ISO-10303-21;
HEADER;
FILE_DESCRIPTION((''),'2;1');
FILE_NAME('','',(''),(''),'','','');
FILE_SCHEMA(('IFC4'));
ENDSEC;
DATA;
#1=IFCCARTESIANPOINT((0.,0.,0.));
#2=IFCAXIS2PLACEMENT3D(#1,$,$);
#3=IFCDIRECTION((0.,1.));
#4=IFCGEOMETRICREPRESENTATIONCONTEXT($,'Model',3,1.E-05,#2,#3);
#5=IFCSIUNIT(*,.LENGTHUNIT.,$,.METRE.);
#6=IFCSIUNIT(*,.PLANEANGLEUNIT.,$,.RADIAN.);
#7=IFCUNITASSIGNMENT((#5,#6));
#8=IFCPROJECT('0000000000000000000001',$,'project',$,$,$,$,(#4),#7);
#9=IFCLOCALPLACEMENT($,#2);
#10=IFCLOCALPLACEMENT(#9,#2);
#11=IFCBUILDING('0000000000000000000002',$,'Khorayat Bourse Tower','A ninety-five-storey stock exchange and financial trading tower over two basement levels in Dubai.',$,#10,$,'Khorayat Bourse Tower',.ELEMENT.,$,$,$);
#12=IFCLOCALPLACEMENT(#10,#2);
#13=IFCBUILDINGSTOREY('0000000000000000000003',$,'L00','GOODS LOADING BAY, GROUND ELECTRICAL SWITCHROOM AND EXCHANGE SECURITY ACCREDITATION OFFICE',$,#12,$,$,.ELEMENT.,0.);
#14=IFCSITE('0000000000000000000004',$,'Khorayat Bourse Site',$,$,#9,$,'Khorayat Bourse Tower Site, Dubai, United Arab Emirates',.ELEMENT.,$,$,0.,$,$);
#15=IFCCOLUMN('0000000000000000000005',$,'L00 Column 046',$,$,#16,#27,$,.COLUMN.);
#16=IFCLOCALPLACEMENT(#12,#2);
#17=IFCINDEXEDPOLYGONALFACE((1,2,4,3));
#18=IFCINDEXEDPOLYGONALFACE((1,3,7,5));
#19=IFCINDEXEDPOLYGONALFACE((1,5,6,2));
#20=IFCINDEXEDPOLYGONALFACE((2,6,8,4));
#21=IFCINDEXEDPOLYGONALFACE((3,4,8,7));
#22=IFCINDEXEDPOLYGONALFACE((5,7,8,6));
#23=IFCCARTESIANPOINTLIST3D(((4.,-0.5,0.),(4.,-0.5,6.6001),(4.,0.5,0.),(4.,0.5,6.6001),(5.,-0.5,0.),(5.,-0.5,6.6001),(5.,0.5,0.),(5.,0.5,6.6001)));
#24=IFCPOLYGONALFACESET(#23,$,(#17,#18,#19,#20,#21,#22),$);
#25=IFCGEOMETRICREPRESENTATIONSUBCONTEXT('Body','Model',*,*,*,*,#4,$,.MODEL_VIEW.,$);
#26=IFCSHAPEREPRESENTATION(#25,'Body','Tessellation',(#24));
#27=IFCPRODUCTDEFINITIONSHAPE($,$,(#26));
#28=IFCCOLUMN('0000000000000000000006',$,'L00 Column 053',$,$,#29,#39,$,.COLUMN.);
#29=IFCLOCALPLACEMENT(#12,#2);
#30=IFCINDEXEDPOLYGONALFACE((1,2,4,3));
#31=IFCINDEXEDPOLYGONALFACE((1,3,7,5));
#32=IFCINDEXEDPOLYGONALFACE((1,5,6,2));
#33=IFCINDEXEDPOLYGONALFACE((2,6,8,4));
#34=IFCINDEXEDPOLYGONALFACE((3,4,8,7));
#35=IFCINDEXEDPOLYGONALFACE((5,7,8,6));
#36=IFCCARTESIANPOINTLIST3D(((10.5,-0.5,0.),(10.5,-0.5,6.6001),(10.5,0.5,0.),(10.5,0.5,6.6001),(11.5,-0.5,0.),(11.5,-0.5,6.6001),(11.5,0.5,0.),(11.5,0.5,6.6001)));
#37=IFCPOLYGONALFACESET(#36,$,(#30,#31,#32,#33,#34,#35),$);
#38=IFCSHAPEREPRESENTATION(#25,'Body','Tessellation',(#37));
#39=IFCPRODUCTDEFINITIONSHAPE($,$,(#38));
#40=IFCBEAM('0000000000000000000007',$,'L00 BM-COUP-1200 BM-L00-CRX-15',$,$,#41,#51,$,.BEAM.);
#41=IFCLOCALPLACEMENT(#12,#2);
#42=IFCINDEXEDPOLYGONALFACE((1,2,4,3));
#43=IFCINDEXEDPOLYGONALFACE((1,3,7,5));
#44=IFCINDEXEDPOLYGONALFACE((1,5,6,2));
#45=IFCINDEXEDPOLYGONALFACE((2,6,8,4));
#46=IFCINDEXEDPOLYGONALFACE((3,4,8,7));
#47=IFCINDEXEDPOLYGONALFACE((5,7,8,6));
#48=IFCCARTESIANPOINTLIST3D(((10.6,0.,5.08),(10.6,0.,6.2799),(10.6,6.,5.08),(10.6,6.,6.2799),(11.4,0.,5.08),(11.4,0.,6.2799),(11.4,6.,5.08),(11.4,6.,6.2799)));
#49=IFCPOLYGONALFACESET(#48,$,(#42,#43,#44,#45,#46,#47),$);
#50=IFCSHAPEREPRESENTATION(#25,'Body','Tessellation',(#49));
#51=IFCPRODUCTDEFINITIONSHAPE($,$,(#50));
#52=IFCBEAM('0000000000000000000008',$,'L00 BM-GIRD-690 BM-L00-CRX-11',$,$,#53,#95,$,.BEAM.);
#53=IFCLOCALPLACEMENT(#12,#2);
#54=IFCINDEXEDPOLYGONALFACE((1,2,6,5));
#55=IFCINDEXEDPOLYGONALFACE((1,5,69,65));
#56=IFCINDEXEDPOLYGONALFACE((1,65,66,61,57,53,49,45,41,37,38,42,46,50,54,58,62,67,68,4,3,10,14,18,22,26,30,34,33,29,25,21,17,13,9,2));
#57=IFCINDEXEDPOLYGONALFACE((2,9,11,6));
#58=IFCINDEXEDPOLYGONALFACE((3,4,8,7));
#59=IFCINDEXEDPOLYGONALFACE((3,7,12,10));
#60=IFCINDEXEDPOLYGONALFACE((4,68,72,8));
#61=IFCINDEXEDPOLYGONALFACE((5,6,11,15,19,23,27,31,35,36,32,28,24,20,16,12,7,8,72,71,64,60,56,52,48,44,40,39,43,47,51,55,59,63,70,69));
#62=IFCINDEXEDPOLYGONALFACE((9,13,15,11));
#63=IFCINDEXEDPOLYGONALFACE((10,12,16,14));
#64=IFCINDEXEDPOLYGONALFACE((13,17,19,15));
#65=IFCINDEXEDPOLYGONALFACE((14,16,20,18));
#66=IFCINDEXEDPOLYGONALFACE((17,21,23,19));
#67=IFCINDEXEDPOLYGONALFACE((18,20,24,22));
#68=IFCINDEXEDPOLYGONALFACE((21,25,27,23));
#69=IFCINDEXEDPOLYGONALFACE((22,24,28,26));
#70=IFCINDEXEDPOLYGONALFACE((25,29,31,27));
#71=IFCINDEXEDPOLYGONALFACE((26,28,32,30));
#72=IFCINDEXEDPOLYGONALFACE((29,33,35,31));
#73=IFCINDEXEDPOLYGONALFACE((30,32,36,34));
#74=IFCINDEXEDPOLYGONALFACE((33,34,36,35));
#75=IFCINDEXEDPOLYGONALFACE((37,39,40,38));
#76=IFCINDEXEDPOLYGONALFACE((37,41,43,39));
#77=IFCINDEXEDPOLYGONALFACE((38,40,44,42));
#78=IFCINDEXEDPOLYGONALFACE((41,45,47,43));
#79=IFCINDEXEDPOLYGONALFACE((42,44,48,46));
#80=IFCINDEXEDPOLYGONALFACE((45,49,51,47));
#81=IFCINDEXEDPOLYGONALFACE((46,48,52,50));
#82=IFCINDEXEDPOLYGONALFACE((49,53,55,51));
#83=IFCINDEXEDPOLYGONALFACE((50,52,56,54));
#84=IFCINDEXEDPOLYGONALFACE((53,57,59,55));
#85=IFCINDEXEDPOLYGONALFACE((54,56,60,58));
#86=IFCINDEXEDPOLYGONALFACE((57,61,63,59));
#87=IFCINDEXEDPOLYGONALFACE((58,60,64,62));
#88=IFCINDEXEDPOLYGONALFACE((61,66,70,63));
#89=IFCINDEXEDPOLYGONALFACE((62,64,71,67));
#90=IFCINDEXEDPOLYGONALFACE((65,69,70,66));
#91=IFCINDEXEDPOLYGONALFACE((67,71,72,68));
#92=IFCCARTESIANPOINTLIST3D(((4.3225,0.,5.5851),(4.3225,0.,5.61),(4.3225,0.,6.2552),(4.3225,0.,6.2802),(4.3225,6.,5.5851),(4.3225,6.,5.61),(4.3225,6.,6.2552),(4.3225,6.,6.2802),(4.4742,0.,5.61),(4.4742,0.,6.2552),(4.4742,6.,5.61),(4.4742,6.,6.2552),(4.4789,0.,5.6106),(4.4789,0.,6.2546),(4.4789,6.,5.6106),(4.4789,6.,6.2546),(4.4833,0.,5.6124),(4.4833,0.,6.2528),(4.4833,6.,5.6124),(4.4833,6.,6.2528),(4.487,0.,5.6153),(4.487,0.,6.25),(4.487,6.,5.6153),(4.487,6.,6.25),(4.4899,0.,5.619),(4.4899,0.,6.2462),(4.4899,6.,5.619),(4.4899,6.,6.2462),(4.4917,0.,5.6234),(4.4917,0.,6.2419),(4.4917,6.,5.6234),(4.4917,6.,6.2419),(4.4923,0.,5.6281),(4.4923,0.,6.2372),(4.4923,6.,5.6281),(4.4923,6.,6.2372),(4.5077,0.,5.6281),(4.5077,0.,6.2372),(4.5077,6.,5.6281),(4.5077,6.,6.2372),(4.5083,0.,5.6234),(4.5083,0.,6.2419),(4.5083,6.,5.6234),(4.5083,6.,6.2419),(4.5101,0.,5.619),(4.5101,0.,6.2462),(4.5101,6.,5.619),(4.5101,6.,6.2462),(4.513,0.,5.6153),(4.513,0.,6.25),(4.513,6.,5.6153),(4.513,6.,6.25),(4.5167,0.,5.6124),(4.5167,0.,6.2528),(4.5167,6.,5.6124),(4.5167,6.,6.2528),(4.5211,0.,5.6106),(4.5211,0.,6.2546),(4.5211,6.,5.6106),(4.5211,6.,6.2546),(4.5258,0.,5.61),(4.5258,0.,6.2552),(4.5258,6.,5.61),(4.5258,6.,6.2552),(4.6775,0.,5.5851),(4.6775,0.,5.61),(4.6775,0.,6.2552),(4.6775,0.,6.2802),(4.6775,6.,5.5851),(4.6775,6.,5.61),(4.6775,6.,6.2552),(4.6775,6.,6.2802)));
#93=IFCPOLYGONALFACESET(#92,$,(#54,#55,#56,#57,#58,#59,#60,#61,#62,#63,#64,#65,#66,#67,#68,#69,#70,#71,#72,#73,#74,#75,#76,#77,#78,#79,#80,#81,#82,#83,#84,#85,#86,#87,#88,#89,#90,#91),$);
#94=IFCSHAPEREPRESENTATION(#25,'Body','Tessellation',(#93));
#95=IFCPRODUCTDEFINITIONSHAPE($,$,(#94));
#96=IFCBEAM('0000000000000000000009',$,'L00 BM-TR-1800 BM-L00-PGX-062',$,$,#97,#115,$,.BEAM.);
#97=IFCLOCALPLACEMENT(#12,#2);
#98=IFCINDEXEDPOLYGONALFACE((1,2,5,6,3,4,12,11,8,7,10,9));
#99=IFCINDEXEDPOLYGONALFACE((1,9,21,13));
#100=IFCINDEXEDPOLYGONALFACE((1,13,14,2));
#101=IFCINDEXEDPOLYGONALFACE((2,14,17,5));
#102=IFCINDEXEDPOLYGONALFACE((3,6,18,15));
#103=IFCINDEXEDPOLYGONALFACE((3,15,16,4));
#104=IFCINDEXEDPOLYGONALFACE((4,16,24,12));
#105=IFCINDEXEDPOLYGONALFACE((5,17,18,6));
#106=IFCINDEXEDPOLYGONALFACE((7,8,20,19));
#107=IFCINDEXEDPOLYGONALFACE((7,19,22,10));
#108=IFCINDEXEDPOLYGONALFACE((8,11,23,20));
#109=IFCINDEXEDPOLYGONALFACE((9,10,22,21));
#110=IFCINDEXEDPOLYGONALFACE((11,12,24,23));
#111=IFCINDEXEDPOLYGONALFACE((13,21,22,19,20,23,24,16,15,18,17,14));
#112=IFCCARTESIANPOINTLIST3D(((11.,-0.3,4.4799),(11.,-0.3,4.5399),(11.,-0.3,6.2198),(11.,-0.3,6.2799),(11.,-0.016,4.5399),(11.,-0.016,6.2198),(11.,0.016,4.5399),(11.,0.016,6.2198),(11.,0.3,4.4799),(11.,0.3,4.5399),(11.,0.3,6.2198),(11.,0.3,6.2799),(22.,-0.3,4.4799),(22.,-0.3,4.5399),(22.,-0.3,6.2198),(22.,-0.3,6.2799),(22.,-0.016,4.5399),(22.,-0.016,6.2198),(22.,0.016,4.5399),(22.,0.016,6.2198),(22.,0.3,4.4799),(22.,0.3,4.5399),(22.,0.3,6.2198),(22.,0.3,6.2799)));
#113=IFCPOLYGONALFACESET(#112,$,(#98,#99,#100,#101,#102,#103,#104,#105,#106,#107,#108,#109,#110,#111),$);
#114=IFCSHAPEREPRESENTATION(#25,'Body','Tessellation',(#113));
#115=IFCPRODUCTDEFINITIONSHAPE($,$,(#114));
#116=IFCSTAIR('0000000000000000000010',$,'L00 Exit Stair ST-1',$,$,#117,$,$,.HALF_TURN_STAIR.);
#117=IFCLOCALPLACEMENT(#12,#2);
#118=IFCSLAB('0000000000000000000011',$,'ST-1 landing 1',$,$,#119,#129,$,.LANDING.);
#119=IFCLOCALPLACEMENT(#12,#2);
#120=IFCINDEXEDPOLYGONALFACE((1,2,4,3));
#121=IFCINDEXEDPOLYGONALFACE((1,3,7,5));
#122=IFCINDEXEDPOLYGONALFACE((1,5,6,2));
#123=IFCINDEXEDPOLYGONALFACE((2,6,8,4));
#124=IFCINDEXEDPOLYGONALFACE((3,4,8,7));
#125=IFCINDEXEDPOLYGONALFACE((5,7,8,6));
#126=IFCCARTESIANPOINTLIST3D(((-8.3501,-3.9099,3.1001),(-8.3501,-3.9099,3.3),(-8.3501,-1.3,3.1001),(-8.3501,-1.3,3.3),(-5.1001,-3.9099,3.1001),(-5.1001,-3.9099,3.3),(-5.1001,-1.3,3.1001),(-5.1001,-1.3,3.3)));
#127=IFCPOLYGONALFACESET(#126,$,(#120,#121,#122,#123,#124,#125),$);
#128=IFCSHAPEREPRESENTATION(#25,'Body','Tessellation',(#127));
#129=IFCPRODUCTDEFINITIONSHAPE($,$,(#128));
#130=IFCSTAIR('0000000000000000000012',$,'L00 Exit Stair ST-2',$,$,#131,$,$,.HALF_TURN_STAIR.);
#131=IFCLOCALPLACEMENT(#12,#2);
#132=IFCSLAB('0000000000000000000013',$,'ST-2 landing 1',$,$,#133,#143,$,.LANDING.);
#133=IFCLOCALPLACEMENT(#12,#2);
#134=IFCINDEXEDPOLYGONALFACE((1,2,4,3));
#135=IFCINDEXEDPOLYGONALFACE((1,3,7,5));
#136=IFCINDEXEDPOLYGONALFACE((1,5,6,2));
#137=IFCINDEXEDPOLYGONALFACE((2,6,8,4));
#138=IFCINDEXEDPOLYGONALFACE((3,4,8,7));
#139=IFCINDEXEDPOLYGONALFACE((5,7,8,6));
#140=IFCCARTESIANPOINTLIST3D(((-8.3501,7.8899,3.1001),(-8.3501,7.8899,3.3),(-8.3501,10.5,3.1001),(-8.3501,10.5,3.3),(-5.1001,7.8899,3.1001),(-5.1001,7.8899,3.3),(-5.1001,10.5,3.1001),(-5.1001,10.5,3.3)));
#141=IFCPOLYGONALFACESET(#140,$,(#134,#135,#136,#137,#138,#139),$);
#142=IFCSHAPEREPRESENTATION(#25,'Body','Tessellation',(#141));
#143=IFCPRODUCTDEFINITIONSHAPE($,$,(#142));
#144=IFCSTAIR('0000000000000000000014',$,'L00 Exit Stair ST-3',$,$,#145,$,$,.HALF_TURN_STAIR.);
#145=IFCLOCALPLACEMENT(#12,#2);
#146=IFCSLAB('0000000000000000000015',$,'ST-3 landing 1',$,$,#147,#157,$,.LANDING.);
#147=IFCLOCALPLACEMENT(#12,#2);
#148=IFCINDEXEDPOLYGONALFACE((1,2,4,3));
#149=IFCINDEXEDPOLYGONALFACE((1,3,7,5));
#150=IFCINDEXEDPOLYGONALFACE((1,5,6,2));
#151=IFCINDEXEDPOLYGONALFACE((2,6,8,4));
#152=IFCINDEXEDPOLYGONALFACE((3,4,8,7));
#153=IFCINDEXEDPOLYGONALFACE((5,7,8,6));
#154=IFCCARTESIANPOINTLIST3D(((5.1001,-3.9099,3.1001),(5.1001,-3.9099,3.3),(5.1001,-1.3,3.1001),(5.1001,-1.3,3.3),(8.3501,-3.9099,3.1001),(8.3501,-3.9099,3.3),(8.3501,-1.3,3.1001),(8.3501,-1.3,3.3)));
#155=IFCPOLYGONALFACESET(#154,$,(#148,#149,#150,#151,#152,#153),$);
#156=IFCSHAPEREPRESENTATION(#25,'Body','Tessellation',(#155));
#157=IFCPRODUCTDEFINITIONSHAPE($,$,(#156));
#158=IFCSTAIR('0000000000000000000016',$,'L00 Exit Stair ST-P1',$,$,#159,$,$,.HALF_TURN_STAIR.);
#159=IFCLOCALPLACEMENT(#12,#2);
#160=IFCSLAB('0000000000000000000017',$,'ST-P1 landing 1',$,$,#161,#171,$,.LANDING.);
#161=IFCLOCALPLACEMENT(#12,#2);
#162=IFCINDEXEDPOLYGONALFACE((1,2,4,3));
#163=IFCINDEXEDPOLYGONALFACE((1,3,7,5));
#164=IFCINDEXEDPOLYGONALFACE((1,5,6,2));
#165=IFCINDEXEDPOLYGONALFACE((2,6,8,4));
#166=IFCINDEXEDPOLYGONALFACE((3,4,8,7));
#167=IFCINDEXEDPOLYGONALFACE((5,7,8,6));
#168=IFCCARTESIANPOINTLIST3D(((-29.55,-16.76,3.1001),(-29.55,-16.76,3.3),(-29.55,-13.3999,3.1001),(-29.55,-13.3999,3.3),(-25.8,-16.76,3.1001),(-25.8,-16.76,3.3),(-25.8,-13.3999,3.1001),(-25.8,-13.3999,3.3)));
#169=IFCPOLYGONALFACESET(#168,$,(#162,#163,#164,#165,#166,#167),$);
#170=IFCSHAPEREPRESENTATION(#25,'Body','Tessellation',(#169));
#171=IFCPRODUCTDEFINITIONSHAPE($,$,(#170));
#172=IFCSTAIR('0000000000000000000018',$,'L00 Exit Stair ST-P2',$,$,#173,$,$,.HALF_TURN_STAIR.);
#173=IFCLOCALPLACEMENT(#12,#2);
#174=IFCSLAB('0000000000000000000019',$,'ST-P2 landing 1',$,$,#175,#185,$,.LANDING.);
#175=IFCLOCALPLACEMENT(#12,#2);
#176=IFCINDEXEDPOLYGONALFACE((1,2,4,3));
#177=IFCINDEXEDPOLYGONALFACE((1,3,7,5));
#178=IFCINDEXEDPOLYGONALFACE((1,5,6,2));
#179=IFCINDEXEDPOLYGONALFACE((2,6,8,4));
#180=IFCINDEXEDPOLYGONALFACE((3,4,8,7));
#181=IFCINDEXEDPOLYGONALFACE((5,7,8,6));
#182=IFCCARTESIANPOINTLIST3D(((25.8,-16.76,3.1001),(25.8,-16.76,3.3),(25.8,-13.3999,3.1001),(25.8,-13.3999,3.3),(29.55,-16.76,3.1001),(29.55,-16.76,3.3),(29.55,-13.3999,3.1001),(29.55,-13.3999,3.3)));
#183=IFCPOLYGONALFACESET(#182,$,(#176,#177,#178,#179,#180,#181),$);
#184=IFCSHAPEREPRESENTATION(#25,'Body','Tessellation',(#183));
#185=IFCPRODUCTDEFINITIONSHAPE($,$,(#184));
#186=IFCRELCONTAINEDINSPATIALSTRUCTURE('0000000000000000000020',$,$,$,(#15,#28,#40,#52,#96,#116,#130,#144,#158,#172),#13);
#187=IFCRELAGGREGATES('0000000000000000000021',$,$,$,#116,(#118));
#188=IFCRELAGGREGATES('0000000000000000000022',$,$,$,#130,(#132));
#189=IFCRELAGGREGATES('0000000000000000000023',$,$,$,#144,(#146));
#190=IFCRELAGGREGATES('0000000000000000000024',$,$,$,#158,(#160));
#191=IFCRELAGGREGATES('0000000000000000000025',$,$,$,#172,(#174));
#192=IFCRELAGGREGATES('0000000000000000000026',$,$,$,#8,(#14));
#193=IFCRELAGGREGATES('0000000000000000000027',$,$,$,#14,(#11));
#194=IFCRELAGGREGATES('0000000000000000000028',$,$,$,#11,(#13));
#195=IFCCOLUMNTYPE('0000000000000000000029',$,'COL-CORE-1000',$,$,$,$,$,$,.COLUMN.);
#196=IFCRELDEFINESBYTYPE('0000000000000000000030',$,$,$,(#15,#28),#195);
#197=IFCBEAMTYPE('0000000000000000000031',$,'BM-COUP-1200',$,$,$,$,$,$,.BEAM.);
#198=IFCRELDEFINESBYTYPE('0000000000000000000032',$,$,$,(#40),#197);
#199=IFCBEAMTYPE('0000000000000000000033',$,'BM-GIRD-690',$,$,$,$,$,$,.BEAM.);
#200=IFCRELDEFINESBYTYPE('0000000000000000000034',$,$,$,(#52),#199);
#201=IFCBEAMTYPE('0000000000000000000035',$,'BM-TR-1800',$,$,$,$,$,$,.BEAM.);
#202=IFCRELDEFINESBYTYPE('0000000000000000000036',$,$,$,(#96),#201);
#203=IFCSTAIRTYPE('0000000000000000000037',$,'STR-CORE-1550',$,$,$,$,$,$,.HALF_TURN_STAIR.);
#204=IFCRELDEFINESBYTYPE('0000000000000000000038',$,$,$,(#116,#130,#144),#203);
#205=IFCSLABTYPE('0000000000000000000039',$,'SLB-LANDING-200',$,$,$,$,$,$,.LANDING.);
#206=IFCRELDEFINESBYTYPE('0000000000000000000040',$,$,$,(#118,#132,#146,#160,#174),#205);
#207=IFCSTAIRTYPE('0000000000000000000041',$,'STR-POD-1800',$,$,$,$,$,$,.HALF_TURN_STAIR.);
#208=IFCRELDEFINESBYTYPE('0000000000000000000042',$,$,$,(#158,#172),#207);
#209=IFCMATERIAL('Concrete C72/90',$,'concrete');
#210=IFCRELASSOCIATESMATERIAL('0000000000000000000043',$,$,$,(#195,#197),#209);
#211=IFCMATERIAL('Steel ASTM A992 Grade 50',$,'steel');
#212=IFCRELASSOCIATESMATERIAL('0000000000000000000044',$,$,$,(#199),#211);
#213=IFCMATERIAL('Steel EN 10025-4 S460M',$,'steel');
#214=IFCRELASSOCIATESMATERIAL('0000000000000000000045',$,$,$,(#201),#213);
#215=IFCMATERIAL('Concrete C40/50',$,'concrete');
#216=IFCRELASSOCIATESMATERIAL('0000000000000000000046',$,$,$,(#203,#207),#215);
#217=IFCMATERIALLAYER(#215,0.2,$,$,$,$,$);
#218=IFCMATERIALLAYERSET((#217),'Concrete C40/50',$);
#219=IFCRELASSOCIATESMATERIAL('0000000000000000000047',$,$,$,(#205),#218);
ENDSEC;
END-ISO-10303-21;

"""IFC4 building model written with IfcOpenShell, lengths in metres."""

from ifc_helpers import new_model, si_unit, direction, frame, origin, origin_2d, place, context, subcontext, project, spatial, polyline, rectangle, i_section, outline, extrude, source, transform, mapped, material, layer, layer_set, material_profile, profile_set, type_object, element, aggregate, save


model = new_model("IFC4")

# Units and contexts
model_context = context("Model", 3, precision=1e-05, world=origin(), true_north=direction((0.0, 1.0)))
body_context = subcontext(model_context, "Body", "Model", "MODEL_VIEW")
ifc_project = project(units=[si_unit("LENGTHUNIT", "METRE"), si_unit("PLANEANGLEUNIT", "RADIAN")], contexts=[model_context])

# Site, building, storey
site_placement = place(None, origin())
site = spatial("IfcSite", under=ifc_project, at=site_placement, Name="Khorayat Bourse Site", LongName="Khorayat Bourse Tower Site, Dubai, United Arab Emirates", CompositionType="ELEMENT", RefElevation=0.0)
building_placement = place(site_placement, origin())
building = spatial("IfcBuilding", under=site, at=building_placement, Name="Khorayat Bourse Tower", Description="A ninety-five-storey stock exchange and financial trading tower over two basement levels in Dubai.", LongName="Khorayat Bourse Tower", CompositionType="ELEMENT")
storey_placement = place(building_placement, origin())
storey = spatial("IfcBuildingStorey", under=building, at=storey_placement, Name="L00", Description="GOODS LOADING BAY, GROUND ELECTRICAL SWITCHROOM AND EXCHANGE SECURITY ACCREDITATION OFFICE", CompositionType="ELEMENT", Elevation=0.0)

# Columns
ifc_material_1 = material(Name="Concrete C72/90", Category="concrete")
ifc_material_profile_1 = material_profile(ifc_material_1, rectangle(XDim=1.0, YDim=1.0, at=origin_2d()), Name="RC 1000x1000")
ifc_profile_set_1 = profile_set([ifc_material_profile_1], Name="Concrete C72/90")
column_type = type_object("IfcColumnType", Name="COL-CORE-1000", PredefinedType="COLUMN", material=ifc_profile_set_1)
shared_shape_1 = source(origin(), body_context, "Body", "SweptSolid", [
    extrude(rectangle(XDim=1.0, YDim=1.0, at=origin_2d()), origin(), (0.0, 0.0, 1.0), 6.6001),
])
for number, where, z_axis, x_axis, name in (
    (1, (4.5, 0.0, 0.0), (0.0, 0.0, 1.0), (1.0, 0.0, 0.0), "L00 Column 046"),
    (2, (11.0, 0.0, 0.0), (0.0, 0.0, 1.0), (1.0, 0.0, 0.0), "L00 Column 053"),
):
    element("IfcColumn", number, at=place(storey_placement, frame(where, z_axis=z_axis, x_axis=x_axis)), inside=storey, type_object=column_type, Name=name, PredefinedType="COLUMN", context=body_context, shape_type="MappedRepresentation", body=[
        mapped(shared_shape_1, transform((0.0, 0.0, 0.0), scale=1.0)),
    ])

# Beams
ifc_material_profile_2 = material_profile(ifc_material_1, rectangle(XDim=0.8, YDim=1.2, at=origin_2d()), Name="RC 800x1200")
ifc_profile_set_2 = profile_set([ifc_material_profile_2], Name="Concrete C72/90")
beam_type_1 = type_object("IfcBeamType", Name="BM-COUP-1200", PredefinedType="BEAM", material=ifc_profile_set_2)
shared_shape_2 = source(origin(), body_context, "Body", "SweptSolid", [
    extrude(rectangle(XDim=0.8, YDim=1.2, at=origin_2d()), origin(), (0.0, 0.0, 1.0), 6.0),
])
beam_1_placement = place(storey_placement, frame((11.0, 0.0, 5.6799), z_axis=(0.0, 1.0, 0.0), x_axis=(-1.0, 0.0, 0.0)))
element("IfcBeam", 3, at=beam_1_placement, inside=storey, type_object=beam_type_1, Name="L00 BM-COUP-1200 BM-L00-CRX-15", PredefinedType="BEAM", context=body_context, shape_type="MappedRepresentation", body=[
    mapped(shared_shape_2, transform((0.0, 0.0, 0.0), scale=1.0)),
])
ifc_material_2 = material(Name="Steel ASTM A992 Grade 50", Category="steel")
ifc_material_profile_3 = material_profile(ifc_material_2, i_section(OverallWidth=0.355, OverallDepth=0.6951, WebThickness=0.0154, FlangeThickness=0.0249, FilletRadius=0.0181, at=origin_2d()), Name="W690X217")
ifc_profile_set_3 = profile_set([ifc_material_profile_3], Name="Steel ASTM A992 Grade 50")
beam_type_2 = type_object("IfcBeamType", Name="BM-GIRD-690", PredefinedType="BEAM", material=ifc_profile_set_3)
shared_shape_3 = source(origin(), body_context, "Body", "SweptSolid", [
    extrude(i_section(OverallWidth=0.355, OverallDepth=0.6951, WebThickness=0.0154, FlangeThickness=0.0249, FilletRadius=0.0181, at=origin_2d()), origin(), (0.0, 0.0, 1.0), 6.0),
])
beam_2_placement = place(storey_placement, frame((4.5, 0.0, 5.9326), z_axis=(0.0, 1.0, 0.0), x_axis=(-1.0, 0.0, 0.0)))
element("IfcBeam", 4, at=beam_2_placement, inside=storey, type_object=beam_type_2, Name="L00 BM-GIRD-690 BM-L00-CRX-11", PredefinedType="BEAM", context=body_context, shape_type="MappedRepresentation", body=[
    mapped(shared_shape_3, transform((0.0, 0.0, 0.0), scale=1.0)),
])
ifc_material_3 = material(Name="Steel EN 10025-4 S460M", Category="steel")
ifc_material_profile_4 = material_profile(ifc_material_3, i_section(OverallWidth=0.6001, OverallDepth=1.8, WebThickness=0.032, FlangeThickness=0.0601, at=origin_2d()), Name="PG 1800x600x32x60")
ifc_profile_set_4 = profile_set([ifc_material_profile_4], Name="Steel EN 10025-4 S460M")
beam_type_3 = type_object("IfcBeamType", Name="BM-TR-1800", PredefinedType="BEAM", material=ifc_profile_set_4)
shared_shape_4 = source(origin(), body_context, "Body", "SweptSolid", [
    extrude(i_section(OverallWidth=0.6001, OverallDepth=1.8, WebThickness=0.032, FlangeThickness=0.0601, at=origin_2d()), origin(), (0.0, 0.0, 1.0), 11.0),
])
beam_3_placement = place(storey_placement, frame((11.0, 0.0, 5.3799), z_axis=(1.0, 0.0, 0.0), x_axis=(0.0, 1.0, 0.0)))
element("IfcBeam", 5, at=beam_3_placement, inside=storey, type_object=beam_type_3, Name="L00 BM-TR-1800 BM-L00-PGX-062", PredefinedType="BEAM", context=body_context, shape_type="MappedRepresentation", body=[
    mapped(shared_shape_4, transform((0.0, 0.0, 0.0), scale=1.0)),
])

# Stairs, slabs
ifc_material_4 = material(Name="Concrete C40/50", Category="concrete")
stair_type_1 = type_object("IfcStairType", Name="STR-CORE-1550", PredefinedType="HALF_TURN_STAIR", material=ifc_material_4)
stair_1_placement = place(storey_placement, origin())
stair_1 = element("IfcStair", 6, at=stair_1_placement, inside=storey, type_object=stair_type_1, Name="L00 Exit Stair ST-1", PredefinedType="HALF_TURN_STAIR")
ifc_layer_1 = layer(ifc_material_4, 0.2)
ifc_layer_set_1 = layer_set([ifc_layer_1], Name="Concrete C40/50")
slab_type_1 = type_object("IfcSlabType", Name="SLB-LANDING-200", PredefinedType="LANDING", material=ifc_layer_set_1)
slab_1_placement = place(storey_placement, frame((0.0, 0.0, 3.1001)))
slab_1 = element("IfcSlab", 7, at=slab_1_placement, type_object=slab_type_1, Name="ST-1 landing 1", PredefinedType="LANDING", context=body_context, shape_type="SweptSolid", body=[
    extrude(outline(polyline([(-5.1001, -3.9099), (-5.1001, -1.3), (-8.3501, -1.3), (-8.3501, -3.9099), (-5.1001, -3.9099)])), origin(), (0.0, 0.0, 1.0), 0.2),
])
aggregate(stair_1, [slab_1])
stair_2_placement = place(storey_placement, origin())
stair_2 = element("IfcStair", 8, at=stair_2_placement, inside=storey, type_object=stair_type_1, Name="L00 Exit Stair ST-2", PredefinedType="HALF_TURN_STAIR")
slab_2_placement = place(storey_placement, frame((0.0, 0.0, 3.1001)))
slab_2 = element("IfcSlab", 9, at=slab_2_placement, type_object=slab_type_1, Name="ST-2 landing 1", PredefinedType="LANDING", context=body_context, shape_type="SweptSolid", body=[
    extrude(outline(polyline([(-5.1001, 7.8899), (-5.1001, 10.5), (-8.3501, 10.5), (-8.3501, 7.8899), (-5.1001, 7.8899)])), origin(), (0.0, 0.0, 1.0), 0.2),
])
aggregate(stair_2, [slab_2])
stair_3_placement = place(storey_placement, origin())
stair_3 = element("IfcStair", 10, at=stair_3_placement, inside=storey, type_object=stair_type_1, Name="L00 Exit Stair ST-3", PredefinedType="HALF_TURN_STAIR")
slab_3_placement = place(storey_placement, frame((0.0, 0.0, 3.1001)))
slab_3 = element("IfcSlab", 11, at=slab_3_placement, type_object=slab_type_1, Name="ST-3 landing 1", PredefinedType="LANDING", context=body_context, shape_type="SweptSolid", body=[
    extrude(outline(polyline([(8.3501, -3.9099), (8.3501, -1.3), (5.1001, -1.3), (5.1001, -3.9099), (8.3501, -3.9099)])), origin(), (0.0, 0.0, 1.0), 0.2),
])
aggregate(stair_3, [slab_3])
stair_type_2 = type_object("IfcStairType", Name="STR-POD-1800", PredefinedType="HALF_TURN_STAIR", material=ifc_material_4)
stair_4_placement = place(storey_placement, origin())
stair_4 = element("IfcStair", 12, at=stair_4_placement, inside=storey, type_object=stair_type_2, Name="L00 Exit Stair ST-P1", PredefinedType="HALF_TURN_STAIR")
slab_4_placement = place(storey_placement, frame((0.0, 0.0, 3.1001)))
slab_4 = element("IfcSlab", 13, at=slab_4_placement, type_object=slab_type_1, Name="ST-P1 landing 1", PredefinedType="LANDING", context=body_context, shape_type="SweptSolid", body=[
    extrude(outline(polyline([(-25.8, -16.76), (-25.8, -13.3999), (-29.55, -13.3999), (-29.55, -16.76), (-25.8, -16.76)])), origin(), (0.0, 0.0, 1.0), 0.2),
])
aggregate(stair_4, [slab_4])
stair_5_placement = place(storey_placement, origin())
stair_5 = element("IfcStair", 14, at=stair_5_placement, inside=storey, type_object=stair_type_2, Name="L00 Exit Stair ST-P2", PredefinedType="HALF_TURN_STAIR")
slab_5_placement = place(storey_placement, frame((0.0, 0.0, 3.1001)))
slab_5 = element("IfcSlab", 15, at=slab_5_placement, type_object=slab_type_1, Name="ST-P2 landing 1", PredefinedType="LANDING", context=body_context, shape_type="SweptSolid", body=[
    extrude(outline(polyline([(29.55, -16.76), (29.55, -13.3999), (25.8, -13.3999), (25.8, -16.76), (29.55, -16.76)])), origin(), (0.0, 0.0, 1.0), 0.2),
])
aggregate(stair_5, [slab_5])

save(model, "model.ifc")
